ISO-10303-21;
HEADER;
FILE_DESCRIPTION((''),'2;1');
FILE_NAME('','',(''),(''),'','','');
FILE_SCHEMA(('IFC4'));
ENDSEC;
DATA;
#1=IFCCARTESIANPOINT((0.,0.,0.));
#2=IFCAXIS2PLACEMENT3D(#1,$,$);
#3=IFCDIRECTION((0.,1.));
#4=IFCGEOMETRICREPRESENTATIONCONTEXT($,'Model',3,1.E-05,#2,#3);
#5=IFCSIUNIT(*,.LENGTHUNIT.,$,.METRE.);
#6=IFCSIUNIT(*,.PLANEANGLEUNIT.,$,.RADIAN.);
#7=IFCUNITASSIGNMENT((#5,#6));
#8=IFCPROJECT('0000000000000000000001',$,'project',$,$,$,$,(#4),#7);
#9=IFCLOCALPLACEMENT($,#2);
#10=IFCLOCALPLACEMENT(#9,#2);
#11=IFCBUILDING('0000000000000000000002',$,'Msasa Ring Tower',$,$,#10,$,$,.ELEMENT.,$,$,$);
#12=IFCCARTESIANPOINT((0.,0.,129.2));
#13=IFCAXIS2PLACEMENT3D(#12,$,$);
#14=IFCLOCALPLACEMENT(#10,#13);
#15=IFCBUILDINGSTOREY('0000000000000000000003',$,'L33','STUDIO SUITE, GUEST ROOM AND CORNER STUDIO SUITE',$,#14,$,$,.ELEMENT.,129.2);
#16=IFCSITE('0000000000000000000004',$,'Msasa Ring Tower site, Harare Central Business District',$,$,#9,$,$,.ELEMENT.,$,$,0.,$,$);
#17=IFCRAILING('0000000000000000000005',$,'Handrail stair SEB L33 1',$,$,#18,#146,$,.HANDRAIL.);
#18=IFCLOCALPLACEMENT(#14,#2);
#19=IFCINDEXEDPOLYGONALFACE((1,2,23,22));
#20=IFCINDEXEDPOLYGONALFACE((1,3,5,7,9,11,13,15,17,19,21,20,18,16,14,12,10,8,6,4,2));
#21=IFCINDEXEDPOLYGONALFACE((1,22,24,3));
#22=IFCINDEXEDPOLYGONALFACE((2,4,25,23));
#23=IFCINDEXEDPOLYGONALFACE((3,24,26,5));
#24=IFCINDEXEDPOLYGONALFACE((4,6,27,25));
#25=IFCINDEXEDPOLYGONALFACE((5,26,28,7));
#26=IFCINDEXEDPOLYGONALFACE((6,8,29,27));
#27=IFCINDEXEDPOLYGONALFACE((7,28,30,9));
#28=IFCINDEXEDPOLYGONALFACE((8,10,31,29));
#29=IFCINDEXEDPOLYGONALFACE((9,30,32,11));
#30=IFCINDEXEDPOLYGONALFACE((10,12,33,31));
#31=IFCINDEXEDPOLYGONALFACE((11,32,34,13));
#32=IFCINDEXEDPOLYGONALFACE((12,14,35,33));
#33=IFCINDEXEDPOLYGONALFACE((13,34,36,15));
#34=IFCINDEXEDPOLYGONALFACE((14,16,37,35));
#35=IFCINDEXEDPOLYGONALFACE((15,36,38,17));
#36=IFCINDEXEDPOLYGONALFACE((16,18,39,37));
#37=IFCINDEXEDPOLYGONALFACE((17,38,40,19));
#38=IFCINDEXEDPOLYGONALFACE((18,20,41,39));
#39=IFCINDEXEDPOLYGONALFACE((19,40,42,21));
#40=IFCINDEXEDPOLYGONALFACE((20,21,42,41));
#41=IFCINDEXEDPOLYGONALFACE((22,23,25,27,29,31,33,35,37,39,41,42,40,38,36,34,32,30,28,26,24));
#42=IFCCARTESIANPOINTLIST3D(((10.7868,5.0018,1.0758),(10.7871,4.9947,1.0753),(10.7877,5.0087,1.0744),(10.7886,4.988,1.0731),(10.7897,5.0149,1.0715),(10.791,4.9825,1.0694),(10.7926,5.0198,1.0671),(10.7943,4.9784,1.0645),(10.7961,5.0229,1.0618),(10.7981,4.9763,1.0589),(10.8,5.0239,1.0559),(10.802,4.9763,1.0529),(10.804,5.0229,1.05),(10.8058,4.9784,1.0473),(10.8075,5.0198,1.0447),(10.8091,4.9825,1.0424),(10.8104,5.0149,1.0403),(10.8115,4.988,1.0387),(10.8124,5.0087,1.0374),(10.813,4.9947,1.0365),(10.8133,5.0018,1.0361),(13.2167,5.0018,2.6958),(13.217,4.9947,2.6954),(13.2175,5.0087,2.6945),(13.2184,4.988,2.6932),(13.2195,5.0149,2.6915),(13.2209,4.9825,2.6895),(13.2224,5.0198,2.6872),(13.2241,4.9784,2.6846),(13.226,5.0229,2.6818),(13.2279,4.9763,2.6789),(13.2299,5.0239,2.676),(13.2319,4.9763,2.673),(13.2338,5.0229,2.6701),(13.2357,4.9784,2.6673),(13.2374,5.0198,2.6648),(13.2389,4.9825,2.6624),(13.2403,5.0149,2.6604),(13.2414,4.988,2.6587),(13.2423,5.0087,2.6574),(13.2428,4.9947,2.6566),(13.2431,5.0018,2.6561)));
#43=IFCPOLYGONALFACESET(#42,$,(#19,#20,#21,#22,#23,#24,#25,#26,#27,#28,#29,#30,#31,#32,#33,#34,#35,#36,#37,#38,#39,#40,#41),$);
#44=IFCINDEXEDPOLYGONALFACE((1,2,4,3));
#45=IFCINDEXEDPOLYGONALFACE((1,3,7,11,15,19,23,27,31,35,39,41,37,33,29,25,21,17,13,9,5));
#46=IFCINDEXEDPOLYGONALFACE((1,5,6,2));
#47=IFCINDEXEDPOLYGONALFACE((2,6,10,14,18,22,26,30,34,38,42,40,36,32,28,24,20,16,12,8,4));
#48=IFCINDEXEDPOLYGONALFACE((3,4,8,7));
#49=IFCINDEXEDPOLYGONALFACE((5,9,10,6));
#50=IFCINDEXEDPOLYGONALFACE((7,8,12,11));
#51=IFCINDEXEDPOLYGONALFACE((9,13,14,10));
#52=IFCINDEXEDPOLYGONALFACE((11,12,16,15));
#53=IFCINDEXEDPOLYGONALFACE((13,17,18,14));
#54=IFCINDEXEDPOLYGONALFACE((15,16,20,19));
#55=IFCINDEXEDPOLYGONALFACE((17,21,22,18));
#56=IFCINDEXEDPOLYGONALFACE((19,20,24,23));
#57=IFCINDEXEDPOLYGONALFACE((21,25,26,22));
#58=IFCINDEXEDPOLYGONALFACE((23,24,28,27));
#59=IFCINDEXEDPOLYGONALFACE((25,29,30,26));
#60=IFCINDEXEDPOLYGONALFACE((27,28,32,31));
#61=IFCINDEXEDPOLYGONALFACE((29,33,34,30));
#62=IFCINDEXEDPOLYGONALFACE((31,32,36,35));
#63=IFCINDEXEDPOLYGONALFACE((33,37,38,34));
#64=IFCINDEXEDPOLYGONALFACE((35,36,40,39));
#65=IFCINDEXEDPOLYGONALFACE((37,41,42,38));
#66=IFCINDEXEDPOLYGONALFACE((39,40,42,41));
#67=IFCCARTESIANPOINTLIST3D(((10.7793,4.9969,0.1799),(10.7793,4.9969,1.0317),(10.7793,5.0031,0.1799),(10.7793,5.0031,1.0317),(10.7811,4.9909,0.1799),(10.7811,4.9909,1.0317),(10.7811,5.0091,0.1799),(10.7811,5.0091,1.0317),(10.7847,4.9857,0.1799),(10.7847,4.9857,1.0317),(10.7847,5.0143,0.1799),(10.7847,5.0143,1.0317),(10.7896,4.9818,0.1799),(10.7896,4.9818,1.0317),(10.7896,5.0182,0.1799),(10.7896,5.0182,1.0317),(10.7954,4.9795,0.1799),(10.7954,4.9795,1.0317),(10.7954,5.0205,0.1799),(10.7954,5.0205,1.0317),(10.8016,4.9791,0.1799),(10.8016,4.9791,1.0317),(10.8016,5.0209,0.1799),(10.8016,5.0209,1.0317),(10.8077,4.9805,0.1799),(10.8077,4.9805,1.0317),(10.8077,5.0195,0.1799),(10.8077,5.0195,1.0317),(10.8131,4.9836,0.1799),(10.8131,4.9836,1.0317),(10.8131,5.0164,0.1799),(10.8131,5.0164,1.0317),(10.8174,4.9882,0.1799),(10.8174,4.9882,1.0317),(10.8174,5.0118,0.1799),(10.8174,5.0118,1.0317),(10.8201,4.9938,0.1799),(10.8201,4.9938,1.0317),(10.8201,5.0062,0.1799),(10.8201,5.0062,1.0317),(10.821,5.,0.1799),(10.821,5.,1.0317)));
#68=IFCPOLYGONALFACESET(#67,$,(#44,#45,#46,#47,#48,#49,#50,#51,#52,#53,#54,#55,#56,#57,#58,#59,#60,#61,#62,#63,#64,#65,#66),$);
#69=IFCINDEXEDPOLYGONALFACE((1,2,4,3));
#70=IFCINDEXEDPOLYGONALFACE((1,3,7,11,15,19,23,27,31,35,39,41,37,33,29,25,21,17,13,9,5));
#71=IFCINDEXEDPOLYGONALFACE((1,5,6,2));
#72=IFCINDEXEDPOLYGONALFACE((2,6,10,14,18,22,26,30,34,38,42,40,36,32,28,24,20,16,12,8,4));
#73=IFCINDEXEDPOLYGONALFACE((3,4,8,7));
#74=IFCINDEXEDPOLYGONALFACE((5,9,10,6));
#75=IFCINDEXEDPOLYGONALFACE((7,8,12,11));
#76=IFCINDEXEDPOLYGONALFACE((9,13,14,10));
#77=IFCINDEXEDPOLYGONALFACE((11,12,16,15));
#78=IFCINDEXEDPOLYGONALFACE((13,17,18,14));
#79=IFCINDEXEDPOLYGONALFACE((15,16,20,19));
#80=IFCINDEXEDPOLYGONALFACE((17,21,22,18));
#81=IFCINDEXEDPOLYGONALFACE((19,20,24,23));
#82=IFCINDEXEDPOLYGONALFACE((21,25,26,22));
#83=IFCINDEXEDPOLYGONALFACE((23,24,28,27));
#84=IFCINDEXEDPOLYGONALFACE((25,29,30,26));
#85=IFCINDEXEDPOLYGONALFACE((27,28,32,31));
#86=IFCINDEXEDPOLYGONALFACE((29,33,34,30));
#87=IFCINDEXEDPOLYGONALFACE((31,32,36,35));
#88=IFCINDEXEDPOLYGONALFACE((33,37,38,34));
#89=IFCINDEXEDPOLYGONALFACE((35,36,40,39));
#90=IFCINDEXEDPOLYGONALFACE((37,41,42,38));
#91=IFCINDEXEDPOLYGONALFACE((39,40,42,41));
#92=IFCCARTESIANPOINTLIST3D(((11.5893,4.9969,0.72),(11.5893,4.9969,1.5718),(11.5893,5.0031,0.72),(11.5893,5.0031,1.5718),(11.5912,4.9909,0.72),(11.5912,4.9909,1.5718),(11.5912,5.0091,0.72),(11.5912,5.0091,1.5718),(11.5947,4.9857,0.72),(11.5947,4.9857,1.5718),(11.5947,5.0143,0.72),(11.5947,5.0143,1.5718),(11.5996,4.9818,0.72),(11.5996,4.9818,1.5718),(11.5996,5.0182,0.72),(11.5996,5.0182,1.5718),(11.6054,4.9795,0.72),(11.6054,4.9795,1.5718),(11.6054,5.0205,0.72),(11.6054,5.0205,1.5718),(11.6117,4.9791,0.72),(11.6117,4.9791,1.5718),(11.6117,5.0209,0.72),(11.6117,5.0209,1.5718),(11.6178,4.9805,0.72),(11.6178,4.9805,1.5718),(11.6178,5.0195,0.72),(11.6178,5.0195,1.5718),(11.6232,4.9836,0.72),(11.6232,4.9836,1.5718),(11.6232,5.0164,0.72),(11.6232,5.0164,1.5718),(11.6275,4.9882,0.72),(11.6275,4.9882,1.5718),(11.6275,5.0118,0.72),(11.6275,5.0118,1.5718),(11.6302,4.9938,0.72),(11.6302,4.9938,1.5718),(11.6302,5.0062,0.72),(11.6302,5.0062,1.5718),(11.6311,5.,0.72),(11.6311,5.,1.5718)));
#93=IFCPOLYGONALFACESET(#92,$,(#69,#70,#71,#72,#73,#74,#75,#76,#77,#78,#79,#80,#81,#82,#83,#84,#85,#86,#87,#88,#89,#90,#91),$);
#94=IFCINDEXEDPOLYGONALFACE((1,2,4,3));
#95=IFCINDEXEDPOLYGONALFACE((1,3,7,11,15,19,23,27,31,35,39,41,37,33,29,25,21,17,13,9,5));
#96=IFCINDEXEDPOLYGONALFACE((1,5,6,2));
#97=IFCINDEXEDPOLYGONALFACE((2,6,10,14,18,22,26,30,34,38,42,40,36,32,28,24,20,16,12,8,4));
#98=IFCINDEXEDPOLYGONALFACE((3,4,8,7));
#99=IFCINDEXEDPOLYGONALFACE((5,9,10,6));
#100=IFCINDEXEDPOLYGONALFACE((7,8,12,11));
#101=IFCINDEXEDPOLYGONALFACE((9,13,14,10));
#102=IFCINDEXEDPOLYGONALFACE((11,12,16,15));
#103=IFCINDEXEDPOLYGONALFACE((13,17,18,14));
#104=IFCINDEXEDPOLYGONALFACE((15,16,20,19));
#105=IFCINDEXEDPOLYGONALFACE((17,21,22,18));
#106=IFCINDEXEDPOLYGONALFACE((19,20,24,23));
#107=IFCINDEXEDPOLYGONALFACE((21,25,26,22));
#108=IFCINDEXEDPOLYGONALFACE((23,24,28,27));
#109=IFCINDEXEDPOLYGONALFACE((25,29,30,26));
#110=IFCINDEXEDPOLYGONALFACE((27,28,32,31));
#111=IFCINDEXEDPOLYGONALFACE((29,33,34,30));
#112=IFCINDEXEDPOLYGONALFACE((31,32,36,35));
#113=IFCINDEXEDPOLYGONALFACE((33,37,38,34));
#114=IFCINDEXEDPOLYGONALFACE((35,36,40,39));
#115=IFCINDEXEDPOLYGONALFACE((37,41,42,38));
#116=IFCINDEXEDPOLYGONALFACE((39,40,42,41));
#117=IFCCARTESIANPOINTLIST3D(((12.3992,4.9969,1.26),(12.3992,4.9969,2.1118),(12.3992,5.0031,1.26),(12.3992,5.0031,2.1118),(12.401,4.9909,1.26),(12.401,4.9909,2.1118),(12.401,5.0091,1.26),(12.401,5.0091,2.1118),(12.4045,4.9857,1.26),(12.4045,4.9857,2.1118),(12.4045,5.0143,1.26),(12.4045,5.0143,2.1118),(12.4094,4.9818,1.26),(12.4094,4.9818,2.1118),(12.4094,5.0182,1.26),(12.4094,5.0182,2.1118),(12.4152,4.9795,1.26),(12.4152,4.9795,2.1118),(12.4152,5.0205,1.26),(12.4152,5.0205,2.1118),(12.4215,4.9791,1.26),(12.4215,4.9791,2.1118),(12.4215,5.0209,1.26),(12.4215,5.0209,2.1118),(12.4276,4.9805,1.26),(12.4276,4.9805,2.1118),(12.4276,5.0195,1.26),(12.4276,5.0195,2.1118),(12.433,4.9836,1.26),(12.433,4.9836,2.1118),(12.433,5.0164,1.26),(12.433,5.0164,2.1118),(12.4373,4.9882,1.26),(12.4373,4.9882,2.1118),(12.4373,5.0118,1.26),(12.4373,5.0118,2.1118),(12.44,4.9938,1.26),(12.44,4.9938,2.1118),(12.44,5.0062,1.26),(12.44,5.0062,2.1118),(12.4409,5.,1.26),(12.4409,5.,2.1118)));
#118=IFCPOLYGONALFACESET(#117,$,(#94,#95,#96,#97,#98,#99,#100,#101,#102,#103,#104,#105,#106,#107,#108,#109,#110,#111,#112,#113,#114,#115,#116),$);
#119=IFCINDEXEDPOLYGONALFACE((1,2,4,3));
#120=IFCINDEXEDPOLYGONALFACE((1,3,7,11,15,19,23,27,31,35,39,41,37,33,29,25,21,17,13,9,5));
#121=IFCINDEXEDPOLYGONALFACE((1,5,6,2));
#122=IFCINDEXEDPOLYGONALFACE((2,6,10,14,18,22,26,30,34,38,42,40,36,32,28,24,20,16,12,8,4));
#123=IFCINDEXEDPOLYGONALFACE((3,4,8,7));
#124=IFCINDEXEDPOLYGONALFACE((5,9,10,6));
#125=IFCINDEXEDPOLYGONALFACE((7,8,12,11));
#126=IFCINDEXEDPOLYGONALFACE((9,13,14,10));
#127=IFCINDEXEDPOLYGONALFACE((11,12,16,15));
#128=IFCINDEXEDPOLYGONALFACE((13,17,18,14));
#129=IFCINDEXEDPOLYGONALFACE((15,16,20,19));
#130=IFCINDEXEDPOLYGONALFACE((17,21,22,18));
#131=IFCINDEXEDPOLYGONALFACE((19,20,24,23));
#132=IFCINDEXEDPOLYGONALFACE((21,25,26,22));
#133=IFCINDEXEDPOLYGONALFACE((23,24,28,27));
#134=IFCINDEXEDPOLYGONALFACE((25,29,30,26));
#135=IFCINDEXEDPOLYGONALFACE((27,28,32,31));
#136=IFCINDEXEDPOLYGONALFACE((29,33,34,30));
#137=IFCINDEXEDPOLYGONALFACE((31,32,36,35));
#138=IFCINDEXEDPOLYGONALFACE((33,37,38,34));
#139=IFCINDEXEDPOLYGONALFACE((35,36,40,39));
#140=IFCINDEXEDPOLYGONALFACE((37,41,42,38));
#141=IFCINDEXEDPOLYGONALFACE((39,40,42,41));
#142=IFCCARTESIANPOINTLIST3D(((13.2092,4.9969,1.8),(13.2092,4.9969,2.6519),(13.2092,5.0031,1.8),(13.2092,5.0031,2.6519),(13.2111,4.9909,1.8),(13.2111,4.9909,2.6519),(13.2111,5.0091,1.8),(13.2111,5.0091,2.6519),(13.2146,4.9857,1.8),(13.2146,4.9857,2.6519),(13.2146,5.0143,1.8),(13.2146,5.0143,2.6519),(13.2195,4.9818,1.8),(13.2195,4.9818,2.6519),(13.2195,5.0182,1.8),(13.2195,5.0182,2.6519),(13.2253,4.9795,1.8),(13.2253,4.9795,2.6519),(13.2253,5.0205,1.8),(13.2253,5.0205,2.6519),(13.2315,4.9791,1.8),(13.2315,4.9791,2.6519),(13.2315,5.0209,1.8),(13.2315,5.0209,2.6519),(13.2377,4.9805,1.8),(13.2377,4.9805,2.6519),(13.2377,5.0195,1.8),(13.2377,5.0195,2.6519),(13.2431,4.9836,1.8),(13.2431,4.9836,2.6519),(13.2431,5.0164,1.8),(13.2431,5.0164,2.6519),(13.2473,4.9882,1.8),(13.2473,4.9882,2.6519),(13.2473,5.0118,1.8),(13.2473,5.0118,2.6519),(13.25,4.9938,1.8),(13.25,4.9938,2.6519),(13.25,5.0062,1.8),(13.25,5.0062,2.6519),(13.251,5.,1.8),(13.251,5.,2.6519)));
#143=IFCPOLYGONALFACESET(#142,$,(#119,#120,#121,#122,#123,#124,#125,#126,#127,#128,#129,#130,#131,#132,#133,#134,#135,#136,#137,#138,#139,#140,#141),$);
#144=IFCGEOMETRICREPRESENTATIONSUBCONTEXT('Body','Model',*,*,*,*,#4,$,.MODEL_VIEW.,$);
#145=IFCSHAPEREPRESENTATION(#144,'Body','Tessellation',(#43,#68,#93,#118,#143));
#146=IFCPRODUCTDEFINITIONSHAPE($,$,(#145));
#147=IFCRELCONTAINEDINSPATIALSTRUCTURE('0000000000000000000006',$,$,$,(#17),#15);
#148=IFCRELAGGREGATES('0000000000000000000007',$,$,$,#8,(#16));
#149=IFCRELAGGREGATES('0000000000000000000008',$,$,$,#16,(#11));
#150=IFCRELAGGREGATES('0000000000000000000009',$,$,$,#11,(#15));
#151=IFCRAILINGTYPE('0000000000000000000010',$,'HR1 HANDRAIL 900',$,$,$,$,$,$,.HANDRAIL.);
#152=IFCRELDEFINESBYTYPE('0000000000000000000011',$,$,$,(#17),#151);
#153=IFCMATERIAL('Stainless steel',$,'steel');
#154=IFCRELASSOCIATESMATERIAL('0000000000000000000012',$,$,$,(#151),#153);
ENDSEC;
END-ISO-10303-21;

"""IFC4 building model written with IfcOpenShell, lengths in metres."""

from ifc_helpers import new_model, si_unit, direction, frame, origin, origin_2d, place, context, subcontext, project, spatial, circle, extrude, material, type_object, element, save


model = new_model("IFC4")

# Units and contexts
model_context = context("Model", 3, precision=1e-05, world=origin(), true_north=direction((0.0, 1.0)))
body_context = subcontext(model_context, "Body", "Model", "MODEL_VIEW")
ifc_project = project(units=[si_unit("LENGTHUNIT", "METRE"), si_unit("PLANEANGLEUNIT", "RADIAN")], contexts=[model_context])

# Site, building, storey
site_placement = place(None, origin())
site = spatial("IfcSite", under=ifc_project, at=site_placement, Name="Msasa Ring Tower site, Harare Central Business District", CompositionType="ELEMENT", RefElevation=0.0)
building_placement = place(site_placement, origin())
building = spatial("IfcBuilding", under=site, at=building_placement, Name="Msasa Ring Tower", CompositionType="ELEMENT")
storey_placement = place(building_placement, frame((0.0, 0.0, 129.2)))
storey = spatial("IfcBuildingStorey", under=building, at=storey_placement, Name="L33", Description="STUDIO SUITE, GUEST ROOM AND CORNER STUDIO SUITE", CompositionType="ELEMENT", Elevation=129.2)

# Railing
ifc_material_1 = material(Name="Stainless steel", Category="steel")
railing_type = type_object("IfcRailingType", Name="HR1 HANDRAIL 900", PredefinedType="HANDRAIL", material=ifc_material_1)
for number, where, name in (
    (1, (10.8, 5.0, 0.1799), "Handrail stair SEB L33 1"),
):
    element("IfcRailing", number, at=place(storey_placement, frame(where)), inside=storey, type_object=railing_type, Name=name, PredefinedType="HANDRAIL", context=body_context, shape_type="SweptSolid", body=[
        extrude(circle(Radius=0.0239, at=origin_2d()), frame((0.0, 0.0, 0.876), z_axis=(0.832025, 0.0, 0.554739), x_axis=(0.0, 1.0, 0.0)), (0.0, 0.0, 1.0), 2.9204),
        extrude(circle(Radius=0.021, at=origin_2d()), origin(), (0.0, 0.0, 1.0), 0.8518),
        extrude(circle(Radius=0.021, at=origin_2d()), frame((0.8101, 0.0, 0.54)), (0.0, 0.0, 1.0), 0.8518),
        extrude(circle(Radius=0.021, at=origin_2d()), frame((1.6199, 0.0, 1.0801)), (0.0, 0.0, 1.0), 0.8518),
        extrude(circle(Radius=0.021, at=origin_2d()), frame((2.4299, 0.0, 1.6201)), (0.0, 0.0, 1.0), 0.8518),
    ])

save(model, "model.ifc")
